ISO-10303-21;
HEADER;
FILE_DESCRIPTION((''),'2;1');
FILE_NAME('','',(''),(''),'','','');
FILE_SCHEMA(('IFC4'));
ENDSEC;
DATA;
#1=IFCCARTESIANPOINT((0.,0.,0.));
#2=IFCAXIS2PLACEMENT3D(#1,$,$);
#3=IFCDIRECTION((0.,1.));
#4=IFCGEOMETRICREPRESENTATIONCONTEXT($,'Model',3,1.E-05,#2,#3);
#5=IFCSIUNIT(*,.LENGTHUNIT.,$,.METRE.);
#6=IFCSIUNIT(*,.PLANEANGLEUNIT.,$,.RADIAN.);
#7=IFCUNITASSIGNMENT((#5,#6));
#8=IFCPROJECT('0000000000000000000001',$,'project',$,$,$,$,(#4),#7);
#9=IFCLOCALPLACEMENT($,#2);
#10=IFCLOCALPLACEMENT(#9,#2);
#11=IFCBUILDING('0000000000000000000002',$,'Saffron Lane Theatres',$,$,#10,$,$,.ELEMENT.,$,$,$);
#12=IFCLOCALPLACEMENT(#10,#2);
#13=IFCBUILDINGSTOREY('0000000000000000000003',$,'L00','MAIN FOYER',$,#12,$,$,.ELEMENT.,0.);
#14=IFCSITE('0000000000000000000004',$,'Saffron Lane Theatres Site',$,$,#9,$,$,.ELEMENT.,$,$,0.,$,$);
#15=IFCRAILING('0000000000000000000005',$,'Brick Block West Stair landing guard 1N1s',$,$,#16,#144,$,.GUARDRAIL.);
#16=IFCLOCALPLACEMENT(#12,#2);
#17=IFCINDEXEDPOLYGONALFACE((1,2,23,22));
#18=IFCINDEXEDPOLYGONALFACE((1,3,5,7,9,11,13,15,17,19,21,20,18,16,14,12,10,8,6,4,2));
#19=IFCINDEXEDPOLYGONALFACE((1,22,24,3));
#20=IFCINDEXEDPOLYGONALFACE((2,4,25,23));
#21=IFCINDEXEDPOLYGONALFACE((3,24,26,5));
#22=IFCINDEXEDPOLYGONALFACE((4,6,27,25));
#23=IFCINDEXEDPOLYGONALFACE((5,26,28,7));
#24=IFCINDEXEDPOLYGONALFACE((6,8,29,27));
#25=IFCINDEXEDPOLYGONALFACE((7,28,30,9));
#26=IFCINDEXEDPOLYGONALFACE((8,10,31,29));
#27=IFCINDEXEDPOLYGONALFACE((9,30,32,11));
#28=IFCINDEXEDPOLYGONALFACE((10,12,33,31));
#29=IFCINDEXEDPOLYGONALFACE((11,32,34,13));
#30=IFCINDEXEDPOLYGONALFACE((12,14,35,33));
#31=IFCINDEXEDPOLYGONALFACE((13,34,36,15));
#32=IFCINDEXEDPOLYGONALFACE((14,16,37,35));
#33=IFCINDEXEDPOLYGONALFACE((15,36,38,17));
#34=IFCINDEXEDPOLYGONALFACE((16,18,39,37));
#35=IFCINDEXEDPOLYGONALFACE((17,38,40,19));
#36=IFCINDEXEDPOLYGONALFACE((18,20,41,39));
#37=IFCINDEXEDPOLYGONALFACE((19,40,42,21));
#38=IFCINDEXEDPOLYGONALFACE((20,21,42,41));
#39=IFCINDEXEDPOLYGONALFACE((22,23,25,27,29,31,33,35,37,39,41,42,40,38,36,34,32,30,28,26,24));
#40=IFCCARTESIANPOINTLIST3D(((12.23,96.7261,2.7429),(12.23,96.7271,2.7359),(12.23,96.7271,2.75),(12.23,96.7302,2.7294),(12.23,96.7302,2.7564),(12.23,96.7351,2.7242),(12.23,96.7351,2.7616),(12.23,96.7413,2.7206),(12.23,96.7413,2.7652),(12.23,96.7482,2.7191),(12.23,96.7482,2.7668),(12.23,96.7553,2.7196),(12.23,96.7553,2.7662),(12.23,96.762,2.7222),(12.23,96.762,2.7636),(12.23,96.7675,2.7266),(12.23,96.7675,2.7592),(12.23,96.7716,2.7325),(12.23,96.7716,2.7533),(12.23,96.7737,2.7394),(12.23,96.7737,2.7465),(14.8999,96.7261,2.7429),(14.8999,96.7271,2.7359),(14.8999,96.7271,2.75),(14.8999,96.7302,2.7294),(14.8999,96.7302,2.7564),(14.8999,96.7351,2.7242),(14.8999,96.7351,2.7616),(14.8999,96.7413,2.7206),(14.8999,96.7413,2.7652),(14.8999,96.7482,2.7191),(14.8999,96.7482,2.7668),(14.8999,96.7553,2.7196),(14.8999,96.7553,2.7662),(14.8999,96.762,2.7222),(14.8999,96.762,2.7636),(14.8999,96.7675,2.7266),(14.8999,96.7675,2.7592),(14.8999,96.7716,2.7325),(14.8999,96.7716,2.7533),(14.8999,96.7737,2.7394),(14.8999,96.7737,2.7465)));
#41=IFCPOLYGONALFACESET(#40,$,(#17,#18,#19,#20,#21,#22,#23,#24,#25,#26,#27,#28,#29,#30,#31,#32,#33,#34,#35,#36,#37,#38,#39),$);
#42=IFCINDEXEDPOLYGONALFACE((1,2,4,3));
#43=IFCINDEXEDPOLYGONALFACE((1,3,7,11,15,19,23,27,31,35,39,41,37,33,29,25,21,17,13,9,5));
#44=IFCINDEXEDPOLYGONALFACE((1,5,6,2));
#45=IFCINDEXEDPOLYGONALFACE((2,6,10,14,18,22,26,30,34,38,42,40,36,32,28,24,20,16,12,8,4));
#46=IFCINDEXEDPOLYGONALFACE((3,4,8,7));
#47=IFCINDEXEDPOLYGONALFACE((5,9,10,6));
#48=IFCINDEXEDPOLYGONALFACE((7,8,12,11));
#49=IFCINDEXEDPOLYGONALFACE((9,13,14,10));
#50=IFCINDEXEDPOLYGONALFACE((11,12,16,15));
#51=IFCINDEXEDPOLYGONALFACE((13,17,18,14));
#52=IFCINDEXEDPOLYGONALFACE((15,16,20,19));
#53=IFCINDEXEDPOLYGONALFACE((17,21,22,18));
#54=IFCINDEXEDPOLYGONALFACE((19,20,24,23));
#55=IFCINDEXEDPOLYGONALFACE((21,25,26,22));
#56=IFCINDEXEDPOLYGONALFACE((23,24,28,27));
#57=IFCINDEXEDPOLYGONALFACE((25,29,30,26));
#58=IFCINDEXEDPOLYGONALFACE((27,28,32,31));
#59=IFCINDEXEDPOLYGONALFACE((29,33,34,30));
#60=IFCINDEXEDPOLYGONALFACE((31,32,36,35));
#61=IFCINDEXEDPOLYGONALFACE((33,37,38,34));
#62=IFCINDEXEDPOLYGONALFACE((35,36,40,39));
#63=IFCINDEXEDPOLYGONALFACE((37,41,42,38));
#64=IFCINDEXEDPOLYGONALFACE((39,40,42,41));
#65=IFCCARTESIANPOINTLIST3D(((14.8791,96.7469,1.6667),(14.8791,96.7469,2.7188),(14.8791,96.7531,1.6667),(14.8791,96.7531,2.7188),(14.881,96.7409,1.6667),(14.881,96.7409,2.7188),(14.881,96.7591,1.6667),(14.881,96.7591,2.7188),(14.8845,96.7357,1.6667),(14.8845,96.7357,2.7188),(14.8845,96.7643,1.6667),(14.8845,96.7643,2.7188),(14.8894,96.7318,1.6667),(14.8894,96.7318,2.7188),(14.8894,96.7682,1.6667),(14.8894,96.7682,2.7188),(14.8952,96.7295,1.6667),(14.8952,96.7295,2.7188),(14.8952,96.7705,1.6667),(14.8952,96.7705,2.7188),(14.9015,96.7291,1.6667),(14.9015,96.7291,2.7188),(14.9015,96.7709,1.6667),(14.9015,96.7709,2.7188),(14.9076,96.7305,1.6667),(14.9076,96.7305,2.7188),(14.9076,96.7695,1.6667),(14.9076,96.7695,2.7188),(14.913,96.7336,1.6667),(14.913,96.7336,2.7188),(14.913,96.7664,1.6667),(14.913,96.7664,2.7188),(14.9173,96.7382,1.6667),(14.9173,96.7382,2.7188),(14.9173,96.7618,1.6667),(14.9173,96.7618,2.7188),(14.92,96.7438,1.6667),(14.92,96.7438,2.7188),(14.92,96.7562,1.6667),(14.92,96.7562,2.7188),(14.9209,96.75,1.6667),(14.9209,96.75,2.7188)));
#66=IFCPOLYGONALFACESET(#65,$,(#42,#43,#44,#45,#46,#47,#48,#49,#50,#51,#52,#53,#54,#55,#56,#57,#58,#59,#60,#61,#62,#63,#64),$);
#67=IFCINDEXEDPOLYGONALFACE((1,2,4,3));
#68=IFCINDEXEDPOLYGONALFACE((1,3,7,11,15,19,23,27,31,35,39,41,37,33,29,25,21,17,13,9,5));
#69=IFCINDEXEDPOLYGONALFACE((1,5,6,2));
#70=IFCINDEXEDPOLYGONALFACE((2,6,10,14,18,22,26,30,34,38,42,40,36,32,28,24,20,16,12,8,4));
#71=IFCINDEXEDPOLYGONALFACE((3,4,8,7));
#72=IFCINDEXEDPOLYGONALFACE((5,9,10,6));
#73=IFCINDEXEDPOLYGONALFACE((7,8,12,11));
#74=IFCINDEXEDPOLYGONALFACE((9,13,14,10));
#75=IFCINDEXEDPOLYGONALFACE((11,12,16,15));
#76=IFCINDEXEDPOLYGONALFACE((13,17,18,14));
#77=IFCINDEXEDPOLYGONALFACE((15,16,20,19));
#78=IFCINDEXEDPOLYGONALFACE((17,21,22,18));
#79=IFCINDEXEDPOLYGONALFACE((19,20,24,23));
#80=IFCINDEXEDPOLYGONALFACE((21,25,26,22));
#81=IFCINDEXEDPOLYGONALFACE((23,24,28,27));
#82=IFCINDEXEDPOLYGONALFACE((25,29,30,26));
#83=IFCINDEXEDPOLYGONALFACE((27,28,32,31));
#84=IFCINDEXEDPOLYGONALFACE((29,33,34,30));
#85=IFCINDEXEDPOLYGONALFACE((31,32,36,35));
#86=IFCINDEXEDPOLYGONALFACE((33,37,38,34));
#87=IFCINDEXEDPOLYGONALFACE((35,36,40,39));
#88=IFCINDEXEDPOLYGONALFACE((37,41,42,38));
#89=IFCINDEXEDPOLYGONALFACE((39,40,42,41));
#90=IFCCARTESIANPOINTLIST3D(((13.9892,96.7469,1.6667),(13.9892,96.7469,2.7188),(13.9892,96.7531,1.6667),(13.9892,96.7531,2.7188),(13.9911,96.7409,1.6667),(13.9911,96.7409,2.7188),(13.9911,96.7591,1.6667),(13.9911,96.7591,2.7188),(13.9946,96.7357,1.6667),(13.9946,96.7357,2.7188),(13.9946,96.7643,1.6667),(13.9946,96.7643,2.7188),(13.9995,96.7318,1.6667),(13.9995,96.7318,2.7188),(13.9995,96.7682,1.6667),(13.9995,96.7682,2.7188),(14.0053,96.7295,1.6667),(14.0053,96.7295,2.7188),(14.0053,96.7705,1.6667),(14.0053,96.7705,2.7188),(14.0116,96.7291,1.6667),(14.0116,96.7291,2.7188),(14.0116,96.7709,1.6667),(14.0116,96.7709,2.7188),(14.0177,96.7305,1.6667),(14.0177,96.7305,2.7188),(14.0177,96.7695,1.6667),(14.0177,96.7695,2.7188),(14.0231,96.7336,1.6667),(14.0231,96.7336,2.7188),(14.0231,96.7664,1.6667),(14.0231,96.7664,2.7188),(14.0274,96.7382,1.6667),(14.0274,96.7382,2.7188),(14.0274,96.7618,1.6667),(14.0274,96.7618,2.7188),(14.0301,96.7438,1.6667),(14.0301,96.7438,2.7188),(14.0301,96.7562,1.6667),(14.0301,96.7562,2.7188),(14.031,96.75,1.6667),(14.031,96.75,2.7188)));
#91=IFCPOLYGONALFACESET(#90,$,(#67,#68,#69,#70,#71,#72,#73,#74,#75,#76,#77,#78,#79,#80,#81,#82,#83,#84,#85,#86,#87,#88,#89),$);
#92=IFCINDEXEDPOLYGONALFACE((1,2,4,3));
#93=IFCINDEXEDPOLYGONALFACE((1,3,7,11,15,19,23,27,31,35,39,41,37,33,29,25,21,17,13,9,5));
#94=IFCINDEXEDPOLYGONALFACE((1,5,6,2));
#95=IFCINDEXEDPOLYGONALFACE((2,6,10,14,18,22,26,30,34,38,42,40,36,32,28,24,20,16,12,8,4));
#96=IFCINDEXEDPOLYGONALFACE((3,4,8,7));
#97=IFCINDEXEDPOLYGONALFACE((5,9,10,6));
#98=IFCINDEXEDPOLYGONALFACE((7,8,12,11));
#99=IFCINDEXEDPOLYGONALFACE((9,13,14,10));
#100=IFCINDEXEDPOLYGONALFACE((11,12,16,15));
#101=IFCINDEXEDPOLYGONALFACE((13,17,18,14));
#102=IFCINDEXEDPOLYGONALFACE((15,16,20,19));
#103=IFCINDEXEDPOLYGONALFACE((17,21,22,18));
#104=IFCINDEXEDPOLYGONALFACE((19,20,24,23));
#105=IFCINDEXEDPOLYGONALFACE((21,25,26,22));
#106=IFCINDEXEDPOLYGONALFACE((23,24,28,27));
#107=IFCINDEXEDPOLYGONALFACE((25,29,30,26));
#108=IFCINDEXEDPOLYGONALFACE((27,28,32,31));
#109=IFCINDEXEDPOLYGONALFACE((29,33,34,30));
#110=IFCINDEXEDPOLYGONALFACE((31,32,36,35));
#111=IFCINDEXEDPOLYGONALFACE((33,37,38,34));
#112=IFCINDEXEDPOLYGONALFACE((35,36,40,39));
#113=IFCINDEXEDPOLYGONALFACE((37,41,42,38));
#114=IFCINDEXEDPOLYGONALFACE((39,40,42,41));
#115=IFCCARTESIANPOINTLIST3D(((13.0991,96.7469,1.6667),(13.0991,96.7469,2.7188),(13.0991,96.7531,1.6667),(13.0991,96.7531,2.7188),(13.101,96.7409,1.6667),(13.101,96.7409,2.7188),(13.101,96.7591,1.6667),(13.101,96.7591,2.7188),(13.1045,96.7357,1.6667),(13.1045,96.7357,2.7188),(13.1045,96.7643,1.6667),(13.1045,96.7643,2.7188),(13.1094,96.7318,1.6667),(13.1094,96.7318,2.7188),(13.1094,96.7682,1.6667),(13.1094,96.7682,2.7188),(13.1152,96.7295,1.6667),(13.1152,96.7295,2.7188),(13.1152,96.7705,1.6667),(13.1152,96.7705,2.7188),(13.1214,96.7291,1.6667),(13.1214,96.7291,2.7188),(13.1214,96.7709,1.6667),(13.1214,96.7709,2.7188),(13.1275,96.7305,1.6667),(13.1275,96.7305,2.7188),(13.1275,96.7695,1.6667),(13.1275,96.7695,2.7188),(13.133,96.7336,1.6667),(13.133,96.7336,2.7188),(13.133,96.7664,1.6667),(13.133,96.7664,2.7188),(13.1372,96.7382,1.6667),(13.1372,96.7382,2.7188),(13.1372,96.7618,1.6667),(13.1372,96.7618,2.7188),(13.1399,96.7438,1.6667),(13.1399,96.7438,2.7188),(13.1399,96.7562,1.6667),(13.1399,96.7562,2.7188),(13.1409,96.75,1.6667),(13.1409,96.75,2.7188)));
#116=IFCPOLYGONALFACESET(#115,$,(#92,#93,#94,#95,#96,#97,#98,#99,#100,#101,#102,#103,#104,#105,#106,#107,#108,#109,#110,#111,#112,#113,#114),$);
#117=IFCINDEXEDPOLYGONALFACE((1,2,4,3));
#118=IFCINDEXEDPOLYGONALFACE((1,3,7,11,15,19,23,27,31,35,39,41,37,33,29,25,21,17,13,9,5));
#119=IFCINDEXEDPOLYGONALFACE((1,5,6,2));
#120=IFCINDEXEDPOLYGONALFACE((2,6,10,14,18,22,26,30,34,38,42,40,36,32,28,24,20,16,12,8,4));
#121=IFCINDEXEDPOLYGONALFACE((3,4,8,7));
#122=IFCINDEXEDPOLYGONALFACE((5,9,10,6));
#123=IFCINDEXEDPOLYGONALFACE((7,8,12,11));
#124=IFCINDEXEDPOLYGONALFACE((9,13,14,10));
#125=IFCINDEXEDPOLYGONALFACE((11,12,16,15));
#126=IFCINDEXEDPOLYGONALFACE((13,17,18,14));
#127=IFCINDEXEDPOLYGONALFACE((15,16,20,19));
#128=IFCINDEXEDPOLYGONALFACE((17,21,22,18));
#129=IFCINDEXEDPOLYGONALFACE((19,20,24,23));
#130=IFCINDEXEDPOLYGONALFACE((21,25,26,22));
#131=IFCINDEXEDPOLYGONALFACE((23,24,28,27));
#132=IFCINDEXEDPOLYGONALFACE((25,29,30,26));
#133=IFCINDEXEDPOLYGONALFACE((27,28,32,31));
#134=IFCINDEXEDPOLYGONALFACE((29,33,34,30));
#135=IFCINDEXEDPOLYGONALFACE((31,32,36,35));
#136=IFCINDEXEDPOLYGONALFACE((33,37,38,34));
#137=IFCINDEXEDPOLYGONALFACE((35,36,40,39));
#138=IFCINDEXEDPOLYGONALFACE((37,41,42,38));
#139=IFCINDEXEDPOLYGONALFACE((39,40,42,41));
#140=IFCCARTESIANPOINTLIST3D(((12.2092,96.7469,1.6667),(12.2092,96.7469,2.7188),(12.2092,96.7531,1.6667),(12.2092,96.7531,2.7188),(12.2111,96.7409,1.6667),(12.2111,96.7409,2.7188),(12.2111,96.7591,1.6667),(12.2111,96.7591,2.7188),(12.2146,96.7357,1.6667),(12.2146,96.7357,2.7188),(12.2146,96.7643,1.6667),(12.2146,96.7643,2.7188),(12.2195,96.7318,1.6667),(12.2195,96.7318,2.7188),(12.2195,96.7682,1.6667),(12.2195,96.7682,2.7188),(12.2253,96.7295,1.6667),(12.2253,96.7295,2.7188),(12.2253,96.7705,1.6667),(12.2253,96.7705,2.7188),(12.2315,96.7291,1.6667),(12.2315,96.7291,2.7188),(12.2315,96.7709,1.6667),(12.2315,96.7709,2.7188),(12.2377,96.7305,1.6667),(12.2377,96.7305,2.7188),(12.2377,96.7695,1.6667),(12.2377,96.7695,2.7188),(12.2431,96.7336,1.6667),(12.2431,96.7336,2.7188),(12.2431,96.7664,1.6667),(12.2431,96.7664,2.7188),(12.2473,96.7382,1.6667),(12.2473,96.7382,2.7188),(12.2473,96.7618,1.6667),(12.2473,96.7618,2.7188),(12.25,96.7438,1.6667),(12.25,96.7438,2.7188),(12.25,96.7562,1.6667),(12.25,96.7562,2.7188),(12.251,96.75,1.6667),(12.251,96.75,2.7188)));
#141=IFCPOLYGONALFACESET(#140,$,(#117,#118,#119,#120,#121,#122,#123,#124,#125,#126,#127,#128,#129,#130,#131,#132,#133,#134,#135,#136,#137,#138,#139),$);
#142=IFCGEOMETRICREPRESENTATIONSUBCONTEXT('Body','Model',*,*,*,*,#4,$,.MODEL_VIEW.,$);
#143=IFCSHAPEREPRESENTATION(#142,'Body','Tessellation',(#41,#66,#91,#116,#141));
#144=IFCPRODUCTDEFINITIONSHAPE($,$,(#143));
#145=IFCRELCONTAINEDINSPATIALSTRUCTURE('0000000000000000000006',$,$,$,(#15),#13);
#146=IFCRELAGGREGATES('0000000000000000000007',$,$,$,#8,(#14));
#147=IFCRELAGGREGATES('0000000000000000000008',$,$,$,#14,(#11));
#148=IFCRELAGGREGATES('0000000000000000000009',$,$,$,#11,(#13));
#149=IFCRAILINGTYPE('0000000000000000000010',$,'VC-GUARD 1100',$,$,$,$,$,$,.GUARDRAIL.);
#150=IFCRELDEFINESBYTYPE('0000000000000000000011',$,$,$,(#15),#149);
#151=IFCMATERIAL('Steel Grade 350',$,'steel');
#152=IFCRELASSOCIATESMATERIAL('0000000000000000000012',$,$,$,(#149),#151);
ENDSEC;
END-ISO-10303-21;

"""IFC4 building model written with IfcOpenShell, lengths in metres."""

from ifc_helpers import new_model, si_unit, direction, frame, origin, origin_2d, place, context, subcontext, project, spatial, circle, extrude, material, type_object, element, save


model = new_model("IFC4")

# Units and contexts
model_context = context("Model", 3, precision=1e-05, world=origin(), true_north=direction((0.0, 1.0)))
body_context = subcontext(model_context, "Body", "Model", "MODEL_VIEW")
ifc_project = project(units=[si_unit("LENGTHUNIT", "METRE"), si_unit("PLANEANGLEUNIT", "RADIAN")], contexts=[model_context])

# Site, building, storey
site_placement = place(None, origin())
site = spatial("IfcSite", under=ifc_project, at=site_placement, Name="Saffron Lane Theatres Site", CompositionType="ELEMENT", RefElevation=0.0)
building_placement = place(site_placement, origin())
building = spatial("IfcBuilding", under=site, at=building_placement, Name="Saffron Lane Theatres", CompositionType="ELEMENT")
storey_placement = place(building_placement, origin())
storey = spatial("IfcBuildingStorey", under=building, at=storey_placement, Name="L00", Description="MAIN FOYER", CompositionType="ELEMENT", Elevation=0.0)

# Railing
ifc_material_1 = material(Name="Steel Grade 350", Category="steel")
railing_type_1 = type_object("IfcRailingType", Name="VC-GUARD 1100", PredefinedType="GUARDRAIL", material=ifc_material_1)
railing_1_placement = place(storey_placement, frame((14.8999, 96.75, 1.6667)))
element("IfcRailing", 1, at=railing_1_placement, inside=storey, type_object=railing_type_1, Name="Brick Block West Stair landing guard 1N1s", PredefinedType="GUARDRAIL", context=body_context, shape_type="SweptSolid", body=[
    extrude(circle(Radius=0.0239, at=origin_2d()), frame((0.0, 0.0, 1.0762), z_axis=(-1.0, 0.0, 0.0), x_axis=(0.0, -1.0, 0.0)), (0.0, 0.0, 1.0), 2.6699),
    extrude(circle(Radius=0.021, at=origin_2d()), origin(), (0.0, 0.0, 1.0), 1.052),
    extrude(circle(Radius=0.021, at=origin_2d()), frame((-0.8899, 0.0, 0.0)), (0.0, 0.0, 1.0), 1.052),
    extrude(circle(Radius=0.021, at=origin_2d()), frame((-1.78, 0.0, 0.0)), (0.0, 0.0, 1.0), 1.052),
    extrude(circle(Radius=0.021, at=origin_2d()), frame((-2.6699, 0.0, 0.0)), (0.0, 0.0, 1.0), 1.052),
])

save(model, "model.ifc")
